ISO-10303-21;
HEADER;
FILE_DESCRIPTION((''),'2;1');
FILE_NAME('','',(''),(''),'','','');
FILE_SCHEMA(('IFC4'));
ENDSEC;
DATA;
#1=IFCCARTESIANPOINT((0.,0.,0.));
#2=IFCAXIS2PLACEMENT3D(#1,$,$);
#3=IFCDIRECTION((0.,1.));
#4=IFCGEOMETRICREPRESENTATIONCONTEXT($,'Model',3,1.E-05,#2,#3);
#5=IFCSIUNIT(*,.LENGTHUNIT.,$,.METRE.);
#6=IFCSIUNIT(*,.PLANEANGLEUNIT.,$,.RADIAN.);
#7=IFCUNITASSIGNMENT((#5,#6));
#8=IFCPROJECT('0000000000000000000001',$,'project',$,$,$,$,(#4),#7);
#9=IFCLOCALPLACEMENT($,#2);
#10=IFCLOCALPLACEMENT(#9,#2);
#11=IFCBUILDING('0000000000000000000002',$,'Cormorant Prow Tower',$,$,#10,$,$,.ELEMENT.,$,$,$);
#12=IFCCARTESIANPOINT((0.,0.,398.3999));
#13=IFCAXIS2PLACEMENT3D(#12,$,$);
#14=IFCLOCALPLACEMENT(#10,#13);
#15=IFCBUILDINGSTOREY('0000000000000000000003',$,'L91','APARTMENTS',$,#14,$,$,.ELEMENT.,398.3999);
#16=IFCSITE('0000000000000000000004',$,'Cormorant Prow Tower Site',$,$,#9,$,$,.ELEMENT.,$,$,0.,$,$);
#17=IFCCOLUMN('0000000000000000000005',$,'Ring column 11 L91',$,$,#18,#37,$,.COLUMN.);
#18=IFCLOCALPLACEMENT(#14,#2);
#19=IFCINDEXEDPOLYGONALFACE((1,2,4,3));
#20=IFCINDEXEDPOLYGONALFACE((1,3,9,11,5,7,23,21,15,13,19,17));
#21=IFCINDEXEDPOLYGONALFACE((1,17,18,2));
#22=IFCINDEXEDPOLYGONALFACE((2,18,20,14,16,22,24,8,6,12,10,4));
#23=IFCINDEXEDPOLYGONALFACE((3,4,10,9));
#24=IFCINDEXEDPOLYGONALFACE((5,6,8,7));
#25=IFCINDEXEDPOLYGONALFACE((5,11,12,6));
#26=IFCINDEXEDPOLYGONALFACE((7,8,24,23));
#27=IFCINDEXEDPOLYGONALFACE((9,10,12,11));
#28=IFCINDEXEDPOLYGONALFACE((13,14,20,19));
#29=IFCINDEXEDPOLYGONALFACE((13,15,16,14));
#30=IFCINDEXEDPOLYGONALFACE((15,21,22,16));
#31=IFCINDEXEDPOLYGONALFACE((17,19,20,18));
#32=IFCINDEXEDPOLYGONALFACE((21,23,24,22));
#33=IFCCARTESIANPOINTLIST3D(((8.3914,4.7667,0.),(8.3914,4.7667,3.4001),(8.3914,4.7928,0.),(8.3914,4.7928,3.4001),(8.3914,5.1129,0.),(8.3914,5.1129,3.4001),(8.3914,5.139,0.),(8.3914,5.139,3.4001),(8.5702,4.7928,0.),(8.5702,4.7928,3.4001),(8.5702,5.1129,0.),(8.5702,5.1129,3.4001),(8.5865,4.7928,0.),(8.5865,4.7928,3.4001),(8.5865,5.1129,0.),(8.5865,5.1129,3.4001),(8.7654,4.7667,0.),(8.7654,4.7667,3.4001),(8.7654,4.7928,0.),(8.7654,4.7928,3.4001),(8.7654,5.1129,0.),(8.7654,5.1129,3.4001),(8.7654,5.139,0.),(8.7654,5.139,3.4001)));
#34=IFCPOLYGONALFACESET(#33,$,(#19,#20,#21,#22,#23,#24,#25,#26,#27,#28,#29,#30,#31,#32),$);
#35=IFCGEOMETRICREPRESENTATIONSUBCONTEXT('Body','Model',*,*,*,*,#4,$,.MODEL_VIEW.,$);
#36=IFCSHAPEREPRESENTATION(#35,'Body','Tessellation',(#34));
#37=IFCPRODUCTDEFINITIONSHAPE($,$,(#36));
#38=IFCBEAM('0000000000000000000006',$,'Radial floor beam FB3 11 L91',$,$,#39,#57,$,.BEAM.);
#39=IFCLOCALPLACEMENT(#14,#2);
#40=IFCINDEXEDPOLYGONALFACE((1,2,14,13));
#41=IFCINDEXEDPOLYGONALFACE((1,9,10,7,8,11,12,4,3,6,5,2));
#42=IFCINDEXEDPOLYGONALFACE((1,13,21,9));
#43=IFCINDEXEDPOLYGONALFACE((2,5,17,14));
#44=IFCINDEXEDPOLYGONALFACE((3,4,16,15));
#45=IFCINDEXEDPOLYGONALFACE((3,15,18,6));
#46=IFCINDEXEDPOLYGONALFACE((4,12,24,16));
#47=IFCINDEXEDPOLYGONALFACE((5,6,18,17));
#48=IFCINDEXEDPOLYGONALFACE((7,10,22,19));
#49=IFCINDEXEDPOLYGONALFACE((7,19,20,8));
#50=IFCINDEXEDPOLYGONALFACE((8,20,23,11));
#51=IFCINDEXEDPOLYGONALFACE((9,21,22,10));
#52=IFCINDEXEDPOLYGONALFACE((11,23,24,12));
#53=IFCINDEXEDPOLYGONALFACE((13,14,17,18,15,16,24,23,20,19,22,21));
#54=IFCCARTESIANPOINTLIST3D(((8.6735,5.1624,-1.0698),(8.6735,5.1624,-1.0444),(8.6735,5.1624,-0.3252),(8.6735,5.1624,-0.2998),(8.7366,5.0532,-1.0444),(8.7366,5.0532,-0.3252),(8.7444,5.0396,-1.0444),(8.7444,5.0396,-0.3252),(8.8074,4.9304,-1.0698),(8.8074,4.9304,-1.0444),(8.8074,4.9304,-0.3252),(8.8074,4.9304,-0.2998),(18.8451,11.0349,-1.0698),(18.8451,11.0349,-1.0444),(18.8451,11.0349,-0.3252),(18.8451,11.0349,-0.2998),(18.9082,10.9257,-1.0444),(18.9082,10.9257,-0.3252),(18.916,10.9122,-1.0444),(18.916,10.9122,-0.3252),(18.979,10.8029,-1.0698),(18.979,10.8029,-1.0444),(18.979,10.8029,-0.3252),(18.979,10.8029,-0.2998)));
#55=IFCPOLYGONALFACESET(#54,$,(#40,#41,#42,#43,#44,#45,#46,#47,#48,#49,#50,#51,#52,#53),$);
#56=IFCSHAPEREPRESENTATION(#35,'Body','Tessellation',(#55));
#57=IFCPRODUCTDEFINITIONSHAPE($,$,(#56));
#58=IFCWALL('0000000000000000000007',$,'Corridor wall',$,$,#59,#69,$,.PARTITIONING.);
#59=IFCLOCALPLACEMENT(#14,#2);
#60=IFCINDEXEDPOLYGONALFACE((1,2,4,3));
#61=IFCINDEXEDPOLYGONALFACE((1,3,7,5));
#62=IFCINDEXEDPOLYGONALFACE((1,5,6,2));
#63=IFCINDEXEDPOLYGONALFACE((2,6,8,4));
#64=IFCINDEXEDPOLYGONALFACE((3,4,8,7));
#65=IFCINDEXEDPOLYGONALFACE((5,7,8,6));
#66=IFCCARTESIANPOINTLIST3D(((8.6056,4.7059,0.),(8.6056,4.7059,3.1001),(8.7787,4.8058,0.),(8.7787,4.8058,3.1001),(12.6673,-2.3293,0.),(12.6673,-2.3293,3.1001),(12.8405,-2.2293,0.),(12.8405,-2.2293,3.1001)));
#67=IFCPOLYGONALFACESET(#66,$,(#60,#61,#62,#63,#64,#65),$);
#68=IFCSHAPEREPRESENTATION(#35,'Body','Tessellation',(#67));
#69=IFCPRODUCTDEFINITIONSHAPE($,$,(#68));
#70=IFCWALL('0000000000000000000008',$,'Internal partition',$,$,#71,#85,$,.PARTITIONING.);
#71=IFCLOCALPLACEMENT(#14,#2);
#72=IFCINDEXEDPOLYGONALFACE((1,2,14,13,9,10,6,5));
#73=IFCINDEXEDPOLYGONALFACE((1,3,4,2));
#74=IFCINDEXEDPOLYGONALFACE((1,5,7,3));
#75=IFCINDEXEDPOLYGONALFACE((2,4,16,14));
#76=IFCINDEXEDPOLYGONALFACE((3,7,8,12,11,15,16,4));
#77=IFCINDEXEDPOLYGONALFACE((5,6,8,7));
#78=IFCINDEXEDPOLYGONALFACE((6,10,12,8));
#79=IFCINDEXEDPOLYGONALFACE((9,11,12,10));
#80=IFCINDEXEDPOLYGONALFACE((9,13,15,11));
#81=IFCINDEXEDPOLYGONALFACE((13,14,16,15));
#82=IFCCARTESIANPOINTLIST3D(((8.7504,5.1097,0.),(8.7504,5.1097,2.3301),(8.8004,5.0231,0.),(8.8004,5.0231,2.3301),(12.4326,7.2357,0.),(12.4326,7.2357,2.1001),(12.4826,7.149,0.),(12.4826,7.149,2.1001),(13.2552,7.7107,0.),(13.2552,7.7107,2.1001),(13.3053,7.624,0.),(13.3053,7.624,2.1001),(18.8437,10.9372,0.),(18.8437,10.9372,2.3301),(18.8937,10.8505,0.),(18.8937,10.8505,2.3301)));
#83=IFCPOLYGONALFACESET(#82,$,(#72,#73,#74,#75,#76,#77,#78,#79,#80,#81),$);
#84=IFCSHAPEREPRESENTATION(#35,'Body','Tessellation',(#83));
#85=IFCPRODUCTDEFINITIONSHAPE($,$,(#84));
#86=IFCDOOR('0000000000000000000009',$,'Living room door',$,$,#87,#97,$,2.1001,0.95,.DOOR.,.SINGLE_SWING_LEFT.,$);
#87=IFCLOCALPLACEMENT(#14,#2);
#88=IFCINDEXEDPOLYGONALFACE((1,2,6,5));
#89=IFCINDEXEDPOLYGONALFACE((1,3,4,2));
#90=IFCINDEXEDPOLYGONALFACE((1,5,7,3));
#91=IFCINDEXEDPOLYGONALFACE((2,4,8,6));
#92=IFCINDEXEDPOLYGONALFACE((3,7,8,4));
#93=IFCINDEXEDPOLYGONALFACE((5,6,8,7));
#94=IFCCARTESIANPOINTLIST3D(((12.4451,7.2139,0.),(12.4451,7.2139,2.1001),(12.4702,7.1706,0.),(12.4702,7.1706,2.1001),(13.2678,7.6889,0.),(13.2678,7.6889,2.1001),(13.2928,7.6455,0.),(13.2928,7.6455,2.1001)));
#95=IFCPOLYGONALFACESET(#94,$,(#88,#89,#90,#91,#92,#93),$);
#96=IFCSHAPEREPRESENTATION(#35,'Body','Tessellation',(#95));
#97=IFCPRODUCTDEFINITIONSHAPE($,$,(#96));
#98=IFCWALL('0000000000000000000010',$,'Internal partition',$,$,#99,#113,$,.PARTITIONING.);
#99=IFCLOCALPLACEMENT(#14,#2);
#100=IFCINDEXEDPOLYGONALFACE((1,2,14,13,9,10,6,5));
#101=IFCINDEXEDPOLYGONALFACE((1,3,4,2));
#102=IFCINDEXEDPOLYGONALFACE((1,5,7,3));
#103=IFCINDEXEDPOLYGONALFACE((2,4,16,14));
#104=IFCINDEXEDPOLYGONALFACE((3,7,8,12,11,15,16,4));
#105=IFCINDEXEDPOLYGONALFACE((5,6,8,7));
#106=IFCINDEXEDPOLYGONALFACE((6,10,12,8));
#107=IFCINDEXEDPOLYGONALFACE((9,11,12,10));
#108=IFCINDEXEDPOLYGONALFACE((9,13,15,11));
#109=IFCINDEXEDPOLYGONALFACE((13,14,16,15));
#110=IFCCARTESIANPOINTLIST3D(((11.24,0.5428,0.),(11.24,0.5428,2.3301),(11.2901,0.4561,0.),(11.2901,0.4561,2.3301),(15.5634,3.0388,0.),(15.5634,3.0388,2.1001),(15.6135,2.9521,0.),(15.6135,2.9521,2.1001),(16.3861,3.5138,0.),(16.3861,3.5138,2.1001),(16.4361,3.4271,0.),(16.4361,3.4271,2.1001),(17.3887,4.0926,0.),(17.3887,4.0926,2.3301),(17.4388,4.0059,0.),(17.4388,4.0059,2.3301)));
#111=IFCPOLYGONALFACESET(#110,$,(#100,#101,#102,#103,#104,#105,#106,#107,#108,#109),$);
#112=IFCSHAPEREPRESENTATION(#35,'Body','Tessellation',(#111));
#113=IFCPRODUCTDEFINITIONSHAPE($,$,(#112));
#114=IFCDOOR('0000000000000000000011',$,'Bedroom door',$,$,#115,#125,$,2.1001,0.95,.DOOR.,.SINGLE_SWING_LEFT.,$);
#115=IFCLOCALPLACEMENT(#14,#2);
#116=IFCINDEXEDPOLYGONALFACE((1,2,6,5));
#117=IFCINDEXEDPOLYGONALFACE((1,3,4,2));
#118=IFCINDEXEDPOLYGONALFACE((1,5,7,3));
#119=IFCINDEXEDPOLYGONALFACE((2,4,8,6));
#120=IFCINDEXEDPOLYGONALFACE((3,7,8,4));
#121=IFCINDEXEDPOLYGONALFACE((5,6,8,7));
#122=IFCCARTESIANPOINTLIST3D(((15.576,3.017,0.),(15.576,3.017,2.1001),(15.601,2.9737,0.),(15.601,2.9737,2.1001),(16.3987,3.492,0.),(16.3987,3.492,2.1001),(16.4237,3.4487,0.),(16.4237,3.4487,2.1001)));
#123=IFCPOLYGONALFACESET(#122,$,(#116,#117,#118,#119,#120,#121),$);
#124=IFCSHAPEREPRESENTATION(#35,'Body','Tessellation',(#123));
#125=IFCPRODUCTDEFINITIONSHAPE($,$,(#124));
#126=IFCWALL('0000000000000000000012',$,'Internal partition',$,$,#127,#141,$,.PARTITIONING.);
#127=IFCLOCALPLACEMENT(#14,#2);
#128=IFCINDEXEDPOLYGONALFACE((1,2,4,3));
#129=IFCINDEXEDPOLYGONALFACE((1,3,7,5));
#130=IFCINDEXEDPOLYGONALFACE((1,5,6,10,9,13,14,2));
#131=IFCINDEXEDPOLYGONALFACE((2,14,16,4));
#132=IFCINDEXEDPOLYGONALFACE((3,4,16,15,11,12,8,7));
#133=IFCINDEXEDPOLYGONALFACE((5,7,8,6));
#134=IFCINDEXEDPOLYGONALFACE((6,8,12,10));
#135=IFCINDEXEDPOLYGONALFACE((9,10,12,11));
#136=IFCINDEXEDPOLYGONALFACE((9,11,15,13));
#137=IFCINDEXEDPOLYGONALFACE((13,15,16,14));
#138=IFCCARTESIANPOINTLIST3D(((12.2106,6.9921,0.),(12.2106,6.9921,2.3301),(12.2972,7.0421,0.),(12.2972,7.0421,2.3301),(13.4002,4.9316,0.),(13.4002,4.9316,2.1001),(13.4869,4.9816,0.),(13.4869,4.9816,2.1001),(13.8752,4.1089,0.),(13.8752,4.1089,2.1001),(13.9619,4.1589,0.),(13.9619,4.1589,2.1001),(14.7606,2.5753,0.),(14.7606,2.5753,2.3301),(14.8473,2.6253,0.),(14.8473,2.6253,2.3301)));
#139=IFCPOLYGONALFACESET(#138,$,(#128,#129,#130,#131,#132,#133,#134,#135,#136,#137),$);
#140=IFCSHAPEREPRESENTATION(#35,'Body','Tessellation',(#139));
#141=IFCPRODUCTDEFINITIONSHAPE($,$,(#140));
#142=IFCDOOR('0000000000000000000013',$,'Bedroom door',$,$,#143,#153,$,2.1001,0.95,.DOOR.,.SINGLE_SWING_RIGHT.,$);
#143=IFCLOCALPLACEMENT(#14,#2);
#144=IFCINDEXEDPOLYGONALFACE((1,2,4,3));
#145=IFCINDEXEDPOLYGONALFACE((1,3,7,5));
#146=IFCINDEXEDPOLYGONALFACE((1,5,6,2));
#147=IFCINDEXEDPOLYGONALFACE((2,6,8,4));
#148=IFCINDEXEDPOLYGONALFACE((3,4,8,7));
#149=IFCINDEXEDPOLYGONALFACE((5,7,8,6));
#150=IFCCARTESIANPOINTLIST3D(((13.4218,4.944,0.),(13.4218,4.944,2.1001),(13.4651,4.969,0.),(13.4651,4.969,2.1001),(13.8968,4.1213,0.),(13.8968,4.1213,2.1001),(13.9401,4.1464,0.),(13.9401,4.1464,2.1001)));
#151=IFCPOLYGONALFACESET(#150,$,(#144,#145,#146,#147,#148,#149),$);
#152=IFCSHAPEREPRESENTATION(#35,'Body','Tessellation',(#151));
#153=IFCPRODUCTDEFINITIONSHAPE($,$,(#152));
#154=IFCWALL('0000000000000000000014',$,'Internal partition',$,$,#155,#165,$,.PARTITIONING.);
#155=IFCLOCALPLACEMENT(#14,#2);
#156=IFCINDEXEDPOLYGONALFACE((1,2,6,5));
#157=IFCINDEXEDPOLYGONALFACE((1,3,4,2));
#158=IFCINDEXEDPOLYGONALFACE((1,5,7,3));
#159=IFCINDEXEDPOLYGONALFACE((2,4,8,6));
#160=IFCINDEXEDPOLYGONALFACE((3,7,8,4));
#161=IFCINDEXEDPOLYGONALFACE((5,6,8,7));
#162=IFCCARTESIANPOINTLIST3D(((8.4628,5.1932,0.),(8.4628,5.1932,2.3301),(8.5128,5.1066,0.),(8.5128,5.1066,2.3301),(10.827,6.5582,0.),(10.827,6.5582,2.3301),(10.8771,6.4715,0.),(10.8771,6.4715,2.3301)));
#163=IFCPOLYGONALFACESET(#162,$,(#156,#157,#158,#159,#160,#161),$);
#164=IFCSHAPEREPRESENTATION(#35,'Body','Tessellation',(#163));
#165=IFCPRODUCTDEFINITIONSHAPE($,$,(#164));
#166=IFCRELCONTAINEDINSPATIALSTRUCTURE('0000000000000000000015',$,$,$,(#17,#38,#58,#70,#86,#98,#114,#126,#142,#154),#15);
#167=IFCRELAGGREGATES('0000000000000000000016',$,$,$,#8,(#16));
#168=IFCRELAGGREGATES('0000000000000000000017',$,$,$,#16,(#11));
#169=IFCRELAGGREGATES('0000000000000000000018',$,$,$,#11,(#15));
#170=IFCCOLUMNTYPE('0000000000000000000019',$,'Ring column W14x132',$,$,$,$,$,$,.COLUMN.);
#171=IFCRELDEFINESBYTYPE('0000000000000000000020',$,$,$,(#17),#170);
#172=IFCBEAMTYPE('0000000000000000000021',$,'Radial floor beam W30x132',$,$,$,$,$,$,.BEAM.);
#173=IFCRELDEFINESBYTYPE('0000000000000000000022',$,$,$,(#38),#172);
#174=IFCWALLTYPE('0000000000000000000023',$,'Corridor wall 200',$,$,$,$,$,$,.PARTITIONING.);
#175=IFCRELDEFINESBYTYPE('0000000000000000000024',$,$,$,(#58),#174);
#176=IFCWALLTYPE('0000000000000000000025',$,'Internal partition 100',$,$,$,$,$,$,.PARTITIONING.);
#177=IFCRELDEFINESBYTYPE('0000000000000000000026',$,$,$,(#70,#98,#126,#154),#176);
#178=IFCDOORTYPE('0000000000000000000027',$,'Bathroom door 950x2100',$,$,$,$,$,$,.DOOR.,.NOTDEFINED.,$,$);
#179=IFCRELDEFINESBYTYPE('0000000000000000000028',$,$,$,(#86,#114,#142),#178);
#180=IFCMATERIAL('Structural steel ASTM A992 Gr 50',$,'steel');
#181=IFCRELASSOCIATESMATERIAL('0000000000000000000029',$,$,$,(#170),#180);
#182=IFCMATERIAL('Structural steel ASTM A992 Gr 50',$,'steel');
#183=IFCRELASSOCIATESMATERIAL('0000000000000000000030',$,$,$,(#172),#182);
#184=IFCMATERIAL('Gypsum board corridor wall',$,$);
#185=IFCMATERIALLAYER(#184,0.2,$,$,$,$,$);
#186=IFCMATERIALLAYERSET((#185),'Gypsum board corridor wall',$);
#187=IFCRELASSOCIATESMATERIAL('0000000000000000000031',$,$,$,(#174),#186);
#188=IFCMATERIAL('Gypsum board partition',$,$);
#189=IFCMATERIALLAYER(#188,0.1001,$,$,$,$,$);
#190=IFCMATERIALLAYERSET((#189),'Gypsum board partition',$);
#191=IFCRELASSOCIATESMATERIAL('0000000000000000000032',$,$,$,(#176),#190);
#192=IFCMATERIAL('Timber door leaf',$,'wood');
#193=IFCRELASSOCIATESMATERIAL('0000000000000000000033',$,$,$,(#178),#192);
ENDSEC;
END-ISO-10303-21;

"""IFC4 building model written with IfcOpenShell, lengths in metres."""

from ifc_helpers import new_model, si_unit, direction, frame, frame_2d, origin, origin_2d, place, context, subcontext, project, spatial, rectangle, i_section, extrude, material, layer, layer_set, material_profile, profile_set, type_object, element, fill, save


model = new_model("IFC4")

# Units and contexts
model_context = context("Model", 3, precision=1e-05, world=origin(), true_north=direction((0.0, 1.0)))
body_context = subcontext(model_context, "Body", "Model", "MODEL_VIEW")
ifc_project = project(units=[si_unit("LENGTHUNIT", "METRE"), si_unit("PLANEANGLEUNIT", "RADIAN")], contexts=[model_context])

# Site, building, storey
site_placement = place(None, origin())
site = spatial("IfcSite", under=ifc_project, at=site_placement, Name="Cormorant Prow Tower Site", CompositionType="ELEMENT", RefElevation=0.0)
building_placement = place(site_placement, origin())
building = spatial("IfcBuilding", under=site, at=building_placement, Name="Cormorant Prow Tower", CompositionType="ELEMENT")
storey_placement = place(building_placement, frame((0.0, 0.0, 398.3999)))
storey = spatial("IfcBuildingStorey", under=building, at=storey_placement, Name="L91", Description="APARTMENTS", CompositionType="ELEMENT", Elevation=398.3999)

# Column
ifc_material_1 = material(Name="Structural steel ASTM A992 Gr 50", Category="steel")
ifc_material_profile_1 = material_profile(ifc_material_1, i_section(OverallWidth=0.374, OverallDepth=0.3723, WebThickness=0.0164, FlangeThickness=0.0261, at=origin_2d()), Name="W14x132")
ifc_profile_set_1 = profile_set([ifc_material_profile_1], Name="Structural steel ASTM A992 Gr 50")
column_type = type_object("IfcColumnType", Name="Ring column W14x132", PredefinedType="COLUMN", material=ifc_profile_set_1)
column_placement = place(storey_placement, frame((8.5784, 4.9529, 0.0), z_axis=(0.0, 0.0, 1.0), x_axis=(1.0, 0.0, 0.0)))
element("IfcColumn", 1, at=column_placement, inside=storey, type_object=column_type, Name="Ring column 11 L91", PredefinedType="COLUMN", context=body_context, shape_type="SweptSolid", body=[
    extrude(i_section(OverallWidth=0.374, OverallDepth=0.3723, WebThickness=0.0164, FlangeThickness=0.0261, at=origin_2d()), origin(), (0.0, 0.0, 1.0), 3.4001),
])

# Beam
ifc_material_2 = material(Name="Structural steel ASTM A992 Gr 50", Category="steel")
ifc_material_profile_2 = material_profile(ifc_material_2, i_section(OverallWidth=0.2678, OverallDepth=0.77, WebThickness=0.0156, FlangeThickness=0.0254, at=origin_2d()), Name="W30x132")
ifc_profile_set_2 = profile_set([ifc_material_profile_2], Name="Structural steel ASTM A992 Gr 50")
beam_type = type_object("IfcBeamType", Name="Radial floor beam W30x132", PredefinedType="BEAM", material=ifc_profile_set_2)
beam_placement = place(storey_placement, frame((8.7405, 5.0464, -0.6848), z_axis=(0.866027, 0.499998, 0.0), x_axis=(-0.499998, 0.866027, 0.0)))
element("IfcBeam", 2, at=beam_placement, inside=storey, type_object=beam_type, Name="Radial floor beam FB3 11 L91", PredefinedType="BEAM", context=body_context, shape_type="SweptSolid", body=[
    extrude(i_section(OverallWidth=0.2678, OverallDepth=0.77, WebThickness=0.0156, FlangeThickness=0.0254, at=origin_2d()), origin(), (0.0, 0.0, 1.0), 11.7451),
])

# Wall
ifc_material_3 = material(Name="Gypsum board corridor wall")
ifc_layer_1 = layer(ifc_material_3, 0.2)
ifc_layer_set_1 = layer_set([ifc_layer_1], Name="Gypsum board corridor wall")
wall_type_1 = type_object("IfcWallType", Name="Corridor wall 200", PredefinedType="PARTITIONING", material=ifc_layer_set_1)
wall_1_placement = place(storey_placement, frame((8.6921, 4.7559, 0.0), z_axis=(0.0, 0.0, 1.0), x_axis=(0.500002, -0.866024, 0.0)))
element("IfcWall", 3, at=wall_1_placement, inside=storey, type_object=wall_type_1, Name="Corridor wall", PredefinedType="PARTITIONING", context=body_context, shape_type="SweptSolid", body=[
    extrude(rectangle(XDim=8.1235, YDim=0.2, at=frame_2d((4.0618, 0.0))), origin(), (0.0, 0.0, 1.0), 3.1001),
])

# Walls, openings, doors
ifc_material_4 = material(Name="Gypsum board partition")
ifc_layer_2 = layer(ifc_material_4, 0.1001)
ifc_layer_set_2 = layer_set([ifc_layer_2], Name="Gypsum board partition")
wall_type_2 = type_object("IfcWallType", Name="Internal partition 100", PredefinedType="PARTITIONING", material=ifc_layer_set_2)
wall_2_placement = place(storey_placement, frame((8.7754, 5.0664, 0.0), z_axis=(0.0, 0.0, 1.0), x_axis=(0.866024, 0.500003, 0.0)))
wall_2 = element("IfcWall", 4, at=wall_2_placement, inside=storey, type_object=wall_type_2, Name="Internal partition", PredefinedType="PARTITIONING", context=body_context, shape_type="SweptSolid", body=[
    extrude(rectangle(XDim=11.6548, YDim=0.1001, at=frame_2d((5.8274, 0.0))), origin(), (0.0, 0.0, 1.0), 2.3301),
])
opening_1_placement = place(wall_2_placement, frame((4.2517, 0.0, 0.0)))
opening_1 = element("IfcOpeningElement", 5, at=opening_1_placement, cuts=wall_2, PredefinedType="OPENING", context=body_context, shape_type="SweptSolid", body=[
    extrude(rectangle(XDim=0.95, YDim=2.1001, at=frame_2d((0.4751, 1.05))), frame((0.0, 0.0601, 0.0), z_axis=(0.0, -1.0, 0.0), x_axis=(1.0, 0.0, 0.0)), (0.0, 0.0, 1.0), 0.1201),
])
ifc_material_5 = material(Name="Timber door leaf", Category="wood")
door_type = type_object("IfcDoorType", Name="Bathroom door 950x2100", OperationType="NOTDEFINED", PredefinedType="DOOR", material=ifc_material_5)
door_1_placement = place(opening_1_placement, origin())
door_1 = element("IfcDoor", 6, at=door_1_placement, inside=storey, type_object=door_type, Name="Living room door", OperationType="SINGLE_SWING_LEFT", OverallHeight=2.1001, OverallWidth=0.95, PredefinedType="DOOR", context=body_context, shape_type="SweptSolid", body=[
    extrude(rectangle(XDim=0.95, YDim=2.1001, at=frame_2d((0.4751, 1.05))), frame((0.0, 0.0249, 0.0), z_axis=(0.0, -1.0, 0.0), x_axis=(1.0, 0.0, 0.0)), (0.0, 0.0, 1.0), 0.05),
])
fill(opening_1, door_1)
wall_3_placement = place(storey_placement, frame((11.2651, 0.4995, 0.0), z_axis=(0.0, 0.0, 1.0), x_axis=(0.866034, 0.499985, 0.0)))
wall_3 = element("IfcWall", 7, at=wall_3_placement, inside=storey, type_object=wall_type_2, Name="Internal partition", PredefinedType="PARTITIONING", context=body_context, shape_type="SweptSolid", body=[
    extrude(rectangle(XDim=7.0999, YDim=0.1001, at=frame_2d((3.5498, 0.0))), origin(), (0.0, 0.0, 1.0), 2.3301),
])
opening_2_placement = place(wall_3_placement, frame((4.9919, 0.0, 0.0)))
opening_2 = element("IfcOpeningElement", 8, at=opening_2_placement, cuts=wall_3, PredefinedType="OPENING", context=body_context, shape_type="SweptSolid", body=[
    extrude(rectangle(XDim=0.95, YDim=2.1001, at=frame_2d((0.4751, 1.05))), frame((0.0, 0.0601, 0.0), z_axis=(0.0, -1.0, 0.0), x_axis=(1.0, 0.0, 0.0)), (0.0, 0.0, 1.0), 0.1201),
])
door_2_placement = place(opening_2_placement, origin())
door_2 = element("IfcDoor", 9, at=door_2_placement, inside=storey, type_object=door_type, Name="Bedroom door", OperationType="SINGLE_SWING_LEFT", OverallHeight=2.1001, OverallWidth=0.95, PredefinedType="DOOR", context=body_context, shape_type="SweptSolid", body=[
    extrude(rectangle(XDim=0.95, YDim=2.1001, at=frame_2d((0.4751, 1.05))), frame((0.0, 0.0249, 0.0), z_axis=(0.0, -1.0, 0.0), x_axis=(1.0, 0.0, 0.0)), (0.0, 0.0, 1.0), 0.05),
])
fill(opening_2, door_2)
wall_4_placement = place(storey_placement, frame((12.2539, 7.0171, 0.0), z_axis=(0.0, 0.0, 1.0), x_axis=(0.500006, -0.866022, 0.0)))
wall_4 = element("IfcWall", 10, at=wall_4_placement, inside=storey, type_object=wall_type_2, Name="Internal partition", PredefinedType="PARTITIONING", context=body_context, shape_type="SweptSolid", body=[
    extrude(rectangle(XDim=5.1001, YDim=0.1001, at=frame_2d((2.55, 0.0))), origin(), (0.0, 0.0, 1.0), 2.3301),
])
opening_3_placement = place(wall_4_placement, frame((2.3792, 0.0, 0.0)))
opening_3 = element("IfcOpeningElement", 11, at=opening_3_placement, cuts=wall_4, PredefinedType="OPENING", context=body_context, shape_type="SweptSolid", body=[
    extrude(rectangle(XDim=0.95, YDim=2.1001, at=frame_2d((0.4751, 1.05))), frame((0.0, 0.0601, 0.0), z_axis=(0.0, -1.0, 0.0), x_axis=(1.0, 0.0, 0.0)), (0.0, 0.0, 1.0), 0.1201),
])
door_3_placement = place(opening_3_placement, origin())
door_3 = element("IfcDoor", 12, at=door_3_placement, inside=storey, type_object=door_type, Name="Bedroom door", OperationType="SINGLE_SWING_RIGHT", OverallHeight=2.1001, OverallWidth=0.95, PredefinedType="DOOR", context=body_context, shape_type="SweptSolid", body=[
    extrude(rectangle(XDim=0.95, YDim=2.1001, at=frame_2d((0.4751, 1.05))), frame((0.0, 0.0249, 0.0), z_axis=(0.0, -1.0, 0.0), x_axis=(1.0, 0.0, 0.0)), (0.0, 0.0, 1.0), 0.05),
])
fill(opening_3, door_3)

# Wall
wall_5_placement = place(storey_placement, frame((8.4878, 5.1499, 0.0), z_axis=(0.0, 0.0, 1.0), x_axis=(0.866028, 0.499996, 0.0)))
element("IfcWall", 13, at=wall_5_placement, inside=storey, type_object=wall_type_2, Name="Internal partition", PredefinedType="PARTITIONING", context=body_context, shape_type="SweptSolid", body=[
    extrude(rectangle(XDim=2.73, YDim=0.1001, at=frame_2d((1.365, 0.0))), origin(), (0.0, 0.0, 1.0), 2.3301),
])

save(model, "model.ifc")
